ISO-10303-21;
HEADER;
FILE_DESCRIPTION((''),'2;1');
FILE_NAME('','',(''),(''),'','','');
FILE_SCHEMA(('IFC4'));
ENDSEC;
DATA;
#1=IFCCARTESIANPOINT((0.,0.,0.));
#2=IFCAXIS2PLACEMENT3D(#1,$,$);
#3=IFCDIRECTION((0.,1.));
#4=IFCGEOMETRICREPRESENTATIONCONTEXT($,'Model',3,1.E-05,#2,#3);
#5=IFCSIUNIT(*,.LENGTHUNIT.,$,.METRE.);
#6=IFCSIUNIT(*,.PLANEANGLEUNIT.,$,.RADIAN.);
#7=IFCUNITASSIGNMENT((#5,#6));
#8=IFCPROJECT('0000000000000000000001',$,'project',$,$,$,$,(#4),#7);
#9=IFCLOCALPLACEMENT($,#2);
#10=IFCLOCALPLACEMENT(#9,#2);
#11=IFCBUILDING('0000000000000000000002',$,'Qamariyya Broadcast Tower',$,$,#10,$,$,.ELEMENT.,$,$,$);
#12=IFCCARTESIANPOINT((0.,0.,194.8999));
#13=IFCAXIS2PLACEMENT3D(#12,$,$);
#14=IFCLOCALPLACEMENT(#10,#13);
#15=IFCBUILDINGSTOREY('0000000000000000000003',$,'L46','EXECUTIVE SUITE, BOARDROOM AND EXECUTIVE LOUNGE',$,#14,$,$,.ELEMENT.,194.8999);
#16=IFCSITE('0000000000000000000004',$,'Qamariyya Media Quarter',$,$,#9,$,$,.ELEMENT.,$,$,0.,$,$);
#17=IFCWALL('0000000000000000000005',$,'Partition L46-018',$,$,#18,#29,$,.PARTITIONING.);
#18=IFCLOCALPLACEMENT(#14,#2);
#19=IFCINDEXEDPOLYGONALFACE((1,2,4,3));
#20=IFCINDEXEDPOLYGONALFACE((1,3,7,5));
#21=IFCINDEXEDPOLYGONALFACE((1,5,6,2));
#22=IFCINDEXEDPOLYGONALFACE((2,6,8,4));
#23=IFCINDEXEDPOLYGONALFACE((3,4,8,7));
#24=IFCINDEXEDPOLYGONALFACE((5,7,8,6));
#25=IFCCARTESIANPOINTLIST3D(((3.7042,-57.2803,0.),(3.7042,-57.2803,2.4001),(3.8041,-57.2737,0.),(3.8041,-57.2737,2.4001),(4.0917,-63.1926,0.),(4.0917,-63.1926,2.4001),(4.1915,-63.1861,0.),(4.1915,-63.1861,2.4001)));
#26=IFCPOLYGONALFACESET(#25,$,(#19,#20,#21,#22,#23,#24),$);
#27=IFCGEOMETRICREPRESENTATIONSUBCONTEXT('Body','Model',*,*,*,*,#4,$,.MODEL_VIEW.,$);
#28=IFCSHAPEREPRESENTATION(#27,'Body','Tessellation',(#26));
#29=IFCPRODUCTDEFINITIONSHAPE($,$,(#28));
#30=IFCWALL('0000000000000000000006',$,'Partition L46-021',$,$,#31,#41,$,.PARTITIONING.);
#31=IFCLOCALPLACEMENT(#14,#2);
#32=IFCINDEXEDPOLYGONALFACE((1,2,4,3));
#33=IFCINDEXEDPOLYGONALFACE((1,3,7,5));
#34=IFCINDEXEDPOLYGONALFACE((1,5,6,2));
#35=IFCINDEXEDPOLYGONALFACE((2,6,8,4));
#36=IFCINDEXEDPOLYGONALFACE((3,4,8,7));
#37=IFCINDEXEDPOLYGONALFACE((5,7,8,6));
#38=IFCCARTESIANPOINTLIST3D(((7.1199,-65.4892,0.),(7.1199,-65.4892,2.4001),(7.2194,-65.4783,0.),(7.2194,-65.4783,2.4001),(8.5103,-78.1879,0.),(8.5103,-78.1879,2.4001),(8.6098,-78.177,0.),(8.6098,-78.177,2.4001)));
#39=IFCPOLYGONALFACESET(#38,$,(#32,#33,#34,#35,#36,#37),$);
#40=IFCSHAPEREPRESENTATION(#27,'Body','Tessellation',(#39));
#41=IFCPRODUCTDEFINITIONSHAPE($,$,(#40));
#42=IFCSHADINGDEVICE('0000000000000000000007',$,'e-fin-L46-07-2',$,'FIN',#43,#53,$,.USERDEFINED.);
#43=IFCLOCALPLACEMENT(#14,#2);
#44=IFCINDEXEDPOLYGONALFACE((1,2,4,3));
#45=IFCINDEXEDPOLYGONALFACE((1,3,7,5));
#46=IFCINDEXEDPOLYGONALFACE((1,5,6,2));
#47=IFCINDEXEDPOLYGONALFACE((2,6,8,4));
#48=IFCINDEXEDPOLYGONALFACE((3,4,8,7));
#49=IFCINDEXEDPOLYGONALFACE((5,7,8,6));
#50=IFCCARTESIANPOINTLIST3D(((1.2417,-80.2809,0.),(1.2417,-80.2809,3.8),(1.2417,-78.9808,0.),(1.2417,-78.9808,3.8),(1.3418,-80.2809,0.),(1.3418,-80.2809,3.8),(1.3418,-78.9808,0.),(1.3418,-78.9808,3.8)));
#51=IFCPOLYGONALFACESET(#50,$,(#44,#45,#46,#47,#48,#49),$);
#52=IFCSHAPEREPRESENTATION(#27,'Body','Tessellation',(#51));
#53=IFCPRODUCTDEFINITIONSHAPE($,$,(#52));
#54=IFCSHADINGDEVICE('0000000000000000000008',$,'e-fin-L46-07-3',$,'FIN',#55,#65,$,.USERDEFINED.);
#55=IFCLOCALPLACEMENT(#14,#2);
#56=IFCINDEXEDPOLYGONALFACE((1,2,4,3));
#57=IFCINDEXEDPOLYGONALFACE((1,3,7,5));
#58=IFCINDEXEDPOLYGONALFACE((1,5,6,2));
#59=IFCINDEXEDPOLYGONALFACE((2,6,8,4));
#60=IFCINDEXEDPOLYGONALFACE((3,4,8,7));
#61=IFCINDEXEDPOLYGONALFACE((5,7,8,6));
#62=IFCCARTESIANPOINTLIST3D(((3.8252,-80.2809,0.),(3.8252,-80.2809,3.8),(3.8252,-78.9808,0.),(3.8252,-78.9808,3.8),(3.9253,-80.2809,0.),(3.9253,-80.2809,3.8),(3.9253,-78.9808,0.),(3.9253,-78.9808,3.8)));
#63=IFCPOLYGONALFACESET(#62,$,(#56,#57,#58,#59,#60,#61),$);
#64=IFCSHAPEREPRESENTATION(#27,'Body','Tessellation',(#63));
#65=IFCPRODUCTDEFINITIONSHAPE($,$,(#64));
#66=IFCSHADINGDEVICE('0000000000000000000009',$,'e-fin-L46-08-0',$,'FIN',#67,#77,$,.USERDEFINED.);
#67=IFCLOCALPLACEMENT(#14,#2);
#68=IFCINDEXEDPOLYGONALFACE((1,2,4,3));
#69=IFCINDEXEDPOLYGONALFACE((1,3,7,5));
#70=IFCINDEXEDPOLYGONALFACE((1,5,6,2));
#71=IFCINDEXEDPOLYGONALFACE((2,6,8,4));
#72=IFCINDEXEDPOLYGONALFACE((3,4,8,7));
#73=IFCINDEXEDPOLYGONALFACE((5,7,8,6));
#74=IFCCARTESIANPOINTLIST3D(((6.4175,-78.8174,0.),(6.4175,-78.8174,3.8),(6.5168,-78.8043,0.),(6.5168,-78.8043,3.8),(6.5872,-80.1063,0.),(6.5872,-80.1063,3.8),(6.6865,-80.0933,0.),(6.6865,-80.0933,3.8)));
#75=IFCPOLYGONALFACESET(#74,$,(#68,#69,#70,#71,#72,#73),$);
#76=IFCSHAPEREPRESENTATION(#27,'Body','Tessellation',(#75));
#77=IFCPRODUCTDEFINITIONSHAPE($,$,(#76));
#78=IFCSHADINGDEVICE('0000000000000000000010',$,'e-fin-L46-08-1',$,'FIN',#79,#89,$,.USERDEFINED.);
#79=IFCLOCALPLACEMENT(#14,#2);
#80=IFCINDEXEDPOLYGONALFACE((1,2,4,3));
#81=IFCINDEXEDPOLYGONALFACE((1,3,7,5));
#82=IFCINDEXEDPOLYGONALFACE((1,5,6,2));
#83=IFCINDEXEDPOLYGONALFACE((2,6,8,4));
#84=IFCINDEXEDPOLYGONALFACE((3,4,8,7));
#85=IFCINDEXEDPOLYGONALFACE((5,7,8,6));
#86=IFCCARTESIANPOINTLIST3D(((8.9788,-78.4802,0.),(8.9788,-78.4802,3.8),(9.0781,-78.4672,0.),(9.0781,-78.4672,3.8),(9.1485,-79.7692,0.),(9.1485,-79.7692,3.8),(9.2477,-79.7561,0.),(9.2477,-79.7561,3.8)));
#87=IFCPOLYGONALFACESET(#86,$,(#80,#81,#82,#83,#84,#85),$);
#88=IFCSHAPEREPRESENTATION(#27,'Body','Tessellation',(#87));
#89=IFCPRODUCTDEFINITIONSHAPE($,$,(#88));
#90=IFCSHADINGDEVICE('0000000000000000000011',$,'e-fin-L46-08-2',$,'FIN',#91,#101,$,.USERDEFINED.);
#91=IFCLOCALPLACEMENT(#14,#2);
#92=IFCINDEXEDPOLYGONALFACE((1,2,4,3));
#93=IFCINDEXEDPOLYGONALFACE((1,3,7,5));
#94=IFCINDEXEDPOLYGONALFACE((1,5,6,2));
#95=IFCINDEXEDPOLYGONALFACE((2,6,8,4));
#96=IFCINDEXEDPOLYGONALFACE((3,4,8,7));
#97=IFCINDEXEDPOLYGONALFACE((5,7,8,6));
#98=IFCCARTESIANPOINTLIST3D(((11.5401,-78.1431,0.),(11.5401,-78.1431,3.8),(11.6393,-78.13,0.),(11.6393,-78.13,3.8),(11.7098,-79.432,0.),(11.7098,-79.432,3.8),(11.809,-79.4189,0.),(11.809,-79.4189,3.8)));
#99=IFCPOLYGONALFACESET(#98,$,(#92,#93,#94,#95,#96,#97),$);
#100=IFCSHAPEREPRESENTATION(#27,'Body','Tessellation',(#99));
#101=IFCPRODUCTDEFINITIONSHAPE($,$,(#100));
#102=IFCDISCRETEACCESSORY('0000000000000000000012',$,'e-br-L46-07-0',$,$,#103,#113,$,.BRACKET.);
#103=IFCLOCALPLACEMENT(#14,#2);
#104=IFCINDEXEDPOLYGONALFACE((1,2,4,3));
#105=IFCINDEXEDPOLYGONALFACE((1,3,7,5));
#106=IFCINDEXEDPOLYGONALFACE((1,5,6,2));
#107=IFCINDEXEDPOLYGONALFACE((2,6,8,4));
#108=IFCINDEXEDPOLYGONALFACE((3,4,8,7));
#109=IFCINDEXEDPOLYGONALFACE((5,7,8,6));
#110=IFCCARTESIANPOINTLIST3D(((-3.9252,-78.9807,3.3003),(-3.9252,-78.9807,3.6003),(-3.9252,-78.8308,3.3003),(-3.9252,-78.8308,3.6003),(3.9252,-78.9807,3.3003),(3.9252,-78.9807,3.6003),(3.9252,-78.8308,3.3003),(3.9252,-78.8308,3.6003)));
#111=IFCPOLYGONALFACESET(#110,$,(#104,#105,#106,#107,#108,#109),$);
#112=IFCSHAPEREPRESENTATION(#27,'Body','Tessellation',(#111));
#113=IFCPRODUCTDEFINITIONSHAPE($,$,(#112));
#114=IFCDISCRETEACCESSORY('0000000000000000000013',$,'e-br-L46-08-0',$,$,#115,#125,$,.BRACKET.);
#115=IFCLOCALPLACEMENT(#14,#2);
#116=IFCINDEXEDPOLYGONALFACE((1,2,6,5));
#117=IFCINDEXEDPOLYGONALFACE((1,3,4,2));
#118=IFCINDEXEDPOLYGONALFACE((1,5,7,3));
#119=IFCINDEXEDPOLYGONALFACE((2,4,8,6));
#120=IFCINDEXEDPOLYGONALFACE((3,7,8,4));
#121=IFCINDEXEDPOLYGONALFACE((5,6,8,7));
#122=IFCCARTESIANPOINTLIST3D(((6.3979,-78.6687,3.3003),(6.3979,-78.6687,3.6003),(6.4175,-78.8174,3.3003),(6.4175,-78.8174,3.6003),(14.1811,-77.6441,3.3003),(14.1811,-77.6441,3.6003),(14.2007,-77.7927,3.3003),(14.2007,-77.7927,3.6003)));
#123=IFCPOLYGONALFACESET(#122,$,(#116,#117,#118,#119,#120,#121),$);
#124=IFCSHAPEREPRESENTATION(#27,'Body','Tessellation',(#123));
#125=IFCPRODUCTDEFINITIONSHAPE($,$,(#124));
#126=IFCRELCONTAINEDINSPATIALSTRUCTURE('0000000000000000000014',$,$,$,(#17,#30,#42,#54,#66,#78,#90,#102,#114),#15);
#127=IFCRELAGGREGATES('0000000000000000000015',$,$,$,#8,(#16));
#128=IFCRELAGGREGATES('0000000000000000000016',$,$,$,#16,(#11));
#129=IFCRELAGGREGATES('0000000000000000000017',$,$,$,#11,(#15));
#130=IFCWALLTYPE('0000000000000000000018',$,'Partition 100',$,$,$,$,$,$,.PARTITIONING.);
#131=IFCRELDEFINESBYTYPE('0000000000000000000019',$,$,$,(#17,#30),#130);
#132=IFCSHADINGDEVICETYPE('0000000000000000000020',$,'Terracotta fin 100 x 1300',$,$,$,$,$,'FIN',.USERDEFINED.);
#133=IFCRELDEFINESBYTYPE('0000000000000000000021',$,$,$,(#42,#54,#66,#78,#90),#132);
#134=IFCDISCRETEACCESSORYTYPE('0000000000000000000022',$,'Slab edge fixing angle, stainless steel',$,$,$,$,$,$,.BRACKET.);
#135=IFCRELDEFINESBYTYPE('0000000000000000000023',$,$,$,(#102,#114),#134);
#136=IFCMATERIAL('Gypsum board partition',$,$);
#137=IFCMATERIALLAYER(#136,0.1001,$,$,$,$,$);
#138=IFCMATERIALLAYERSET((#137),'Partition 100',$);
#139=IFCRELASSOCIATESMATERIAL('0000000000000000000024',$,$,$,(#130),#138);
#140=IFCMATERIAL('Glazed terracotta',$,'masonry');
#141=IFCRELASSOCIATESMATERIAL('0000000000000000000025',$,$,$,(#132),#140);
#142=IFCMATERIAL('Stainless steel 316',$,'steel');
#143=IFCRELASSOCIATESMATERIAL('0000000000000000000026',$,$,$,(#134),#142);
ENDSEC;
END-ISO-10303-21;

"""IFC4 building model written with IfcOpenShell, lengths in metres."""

from ifc_helpers import new_model, si_unit, direction, frame, frame_2d, origin, origin_2d, place, context, subcontext, project, spatial, rectangle, extrude, material, layer, layer_set, material_profile, profile_set, type_object, element, save


model = new_model("IFC4")

# Units and contexts
model_context = context("Model", 3, precision=1e-05, world=origin(), true_north=direction((0.0, 1.0)))
body_context = subcontext(model_context, "Body", "Model", "MODEL_VIEW")
ifc_project = project(units=[si_unit("LENGTHUNIT", "METRE"), si_unit("PLANEANGLEUNIT", "RADIAN")], contexts=[model_context])

# Site, building, storey
site_placement = place(None, origin())
site = spatial("IfcSite", under=ifc_project, at=site_placement, Name="Qamariyya Media Quarter", CompositionType="ELEMENT", RefElevation=0.0)
building_placement = place(site_placement, origin())
building = spatial("IfcBuilding", under=site, at=building_placement, Name="Qamariyya Broadcast Tower", CompositionType="ELEMENT")
storey_placement = place(building_placement, frame((0.0, 0.0, 194.8999)))
storey = spatial("IfcBuildingStorey", under=building, at=storey_placement, Name="L46", Description="EXECUTIVE SUITE, BOARDROOM AND EXECUTIVE LOUNGE", CompositionType="ELEMENT", Elevation=194.8999)

# Shared definitions
ifc_material_1 = material(Name="Gypsum board partition")

# Walls
ifc_layer_1 = layer(ifc_material_1, 0.1001)
ifc_layer_set_1 = layer_set([ifc_layer_1], Name="Partition 100")
wall_type_1 = type_object("IfcWallType", Name="Partition 100", PredefinedType="PARTITIONING", material=ifc_layer_set_1)
wall_1_placement = place(storey_placement, frame((3.7542, -57.2771, 0.0), z_axis=(0.0, 0.0, 1.0), x_axis=(0.065392, -0.99786, 0.0)))
element("IfcWall", 1, at=wall_1_placement, inside=storey, type_object=wall_type_1, Name="Partition L46-018", PredefinedType="PARTITIONING", context=body_context, shape_type="SweptSolid", body=[
    extrude(rectangle(XDim=5.925, YDim=0.1001, at=frame_2d((2.9624, 0.0))), origin(), (0.0, 0.0, 1.0), 2.4001),
])
wall_2_placement = place(storey_placement, frame((8.5601, -78.1824, 0.0), z_axis=(0.0, 0.0, 1.0), x_axis=(-0.108839, 0.994059, 0.0)))
element("IfcWall", 2, at=wall_2_placement, inside=storey, type_object=wall_type_1, Name="Partition L46-021", PredefinedType="PARTITIONING", context=body_context, shape_type="SweptSolid", body=[
    extrude(rectangle(XDim=12.7747, YDim=0.1001, at=frame_2d((6.3872, 0.0))), origin(), (0.0, 0.0, 1.0), 2.4001),
])

# Shading devices
ifc_material_2 = material(Name="Glazed terracotta", Category="masonry")
ifc_material_profile_1 = material_profile(ifc_material_2, rectangle(XDim=1.3, YDim=0.1001, at=origin_2d()))
ifc_profile_set_1 = profile_set([ifc_material_profile_1], Name="Glazed terracotta")
shading_device_type_1 = type_object("IfcShadingDeviceType", Name="Terracotta fin 100 x 1300", ElementType="FIN", PredefinedType="USERDEFINED", material=ifc_profile_set_1)
for number, where, z_axis, x_axis, name in (
    (3, (1.2917, -79.6309, 0.0), (0.0, 0.0, 1.0), (0.0, -1.0, 0.0), "e-fin-L46-07-2"),
    (4, (3.8752, -79.6309, 0.0), (0.0, 0.0, 1.0), (0.0, -1.0, 0.0), "e-fin-L46-07-3"),
    (5, (6.552, -79.4553, 0.0), (0.0, 0.0, 1.0), (0.130526, -0.991445, 0.0), "e-fin-L46-08-0"),
    (6, (9.1133, -79.1182, 0.0), (0.0, 0.0, 1.0), (0.130526, -0.991445, 0.0), "e-fin-L46-08-1"),
    (7, (11.6746, -78.781, 0.0), (0.0, 0.0, 1.0), (0.130526, -0.991445, 0.0), "e-fin-L46-08-2"),
):
    element("IfcShadingDevice", number, at=place(storey_placement, frame(where, z_axis=z_axis, x_axis=x_axis)), inside=storey, type_object=shading_device_type_1, Name=name, ObjectType="FIN", PredefinedType="USERDEFINED", context=body_context, shape_type="SweptSolid", body=[
        extrude(rectangle(XDim=1.3, YDim=0.1001, at=origin_2d()), origin(), (0.0, 0.0, 1.0), 3.8),
    ])

# Discrete accessories
ifc_material_3 = material(Name="Stainless steel 316", Category="steel")
discrete_accessory_type = type_object("IfcDiscreteAccessoryType", Name="Slab edge fixing angle, stainless steel", PredefinedType="BRACKET", material=ifc_material_3)
for number, where, z_axis, x_axis, name in (
    (8, (0.0, -78.9058, 3.3003), (0.0, 0.0, 1.0), (1.0, 0.0, 0.0), "e-br-L46-07-0"),
    (9, (10.2993, -78.2307, 3.3003), (0.0, 0.0, 1.0), (0.991445, 0.130526, 0.0), "e-br-L46-08-0"),
):
    element("IfcDiscreteAccessory", number, at=place(storey_placement, frame(where, z_axis=z_axis, x_axis=x_axis)), inside=storey, type_object=discrete_accessory_type, Name=name, PredefinedType="BRACKET", context=body_context, shape_type="SweptSolid", body=[
        extrude(rectangle(XDim=7.8503, YDim=0.1499, at=origin_2d()), origin(), (0.0, 0.0, 1.0), 0.3),
    ])

save(model, "model.ifc")
